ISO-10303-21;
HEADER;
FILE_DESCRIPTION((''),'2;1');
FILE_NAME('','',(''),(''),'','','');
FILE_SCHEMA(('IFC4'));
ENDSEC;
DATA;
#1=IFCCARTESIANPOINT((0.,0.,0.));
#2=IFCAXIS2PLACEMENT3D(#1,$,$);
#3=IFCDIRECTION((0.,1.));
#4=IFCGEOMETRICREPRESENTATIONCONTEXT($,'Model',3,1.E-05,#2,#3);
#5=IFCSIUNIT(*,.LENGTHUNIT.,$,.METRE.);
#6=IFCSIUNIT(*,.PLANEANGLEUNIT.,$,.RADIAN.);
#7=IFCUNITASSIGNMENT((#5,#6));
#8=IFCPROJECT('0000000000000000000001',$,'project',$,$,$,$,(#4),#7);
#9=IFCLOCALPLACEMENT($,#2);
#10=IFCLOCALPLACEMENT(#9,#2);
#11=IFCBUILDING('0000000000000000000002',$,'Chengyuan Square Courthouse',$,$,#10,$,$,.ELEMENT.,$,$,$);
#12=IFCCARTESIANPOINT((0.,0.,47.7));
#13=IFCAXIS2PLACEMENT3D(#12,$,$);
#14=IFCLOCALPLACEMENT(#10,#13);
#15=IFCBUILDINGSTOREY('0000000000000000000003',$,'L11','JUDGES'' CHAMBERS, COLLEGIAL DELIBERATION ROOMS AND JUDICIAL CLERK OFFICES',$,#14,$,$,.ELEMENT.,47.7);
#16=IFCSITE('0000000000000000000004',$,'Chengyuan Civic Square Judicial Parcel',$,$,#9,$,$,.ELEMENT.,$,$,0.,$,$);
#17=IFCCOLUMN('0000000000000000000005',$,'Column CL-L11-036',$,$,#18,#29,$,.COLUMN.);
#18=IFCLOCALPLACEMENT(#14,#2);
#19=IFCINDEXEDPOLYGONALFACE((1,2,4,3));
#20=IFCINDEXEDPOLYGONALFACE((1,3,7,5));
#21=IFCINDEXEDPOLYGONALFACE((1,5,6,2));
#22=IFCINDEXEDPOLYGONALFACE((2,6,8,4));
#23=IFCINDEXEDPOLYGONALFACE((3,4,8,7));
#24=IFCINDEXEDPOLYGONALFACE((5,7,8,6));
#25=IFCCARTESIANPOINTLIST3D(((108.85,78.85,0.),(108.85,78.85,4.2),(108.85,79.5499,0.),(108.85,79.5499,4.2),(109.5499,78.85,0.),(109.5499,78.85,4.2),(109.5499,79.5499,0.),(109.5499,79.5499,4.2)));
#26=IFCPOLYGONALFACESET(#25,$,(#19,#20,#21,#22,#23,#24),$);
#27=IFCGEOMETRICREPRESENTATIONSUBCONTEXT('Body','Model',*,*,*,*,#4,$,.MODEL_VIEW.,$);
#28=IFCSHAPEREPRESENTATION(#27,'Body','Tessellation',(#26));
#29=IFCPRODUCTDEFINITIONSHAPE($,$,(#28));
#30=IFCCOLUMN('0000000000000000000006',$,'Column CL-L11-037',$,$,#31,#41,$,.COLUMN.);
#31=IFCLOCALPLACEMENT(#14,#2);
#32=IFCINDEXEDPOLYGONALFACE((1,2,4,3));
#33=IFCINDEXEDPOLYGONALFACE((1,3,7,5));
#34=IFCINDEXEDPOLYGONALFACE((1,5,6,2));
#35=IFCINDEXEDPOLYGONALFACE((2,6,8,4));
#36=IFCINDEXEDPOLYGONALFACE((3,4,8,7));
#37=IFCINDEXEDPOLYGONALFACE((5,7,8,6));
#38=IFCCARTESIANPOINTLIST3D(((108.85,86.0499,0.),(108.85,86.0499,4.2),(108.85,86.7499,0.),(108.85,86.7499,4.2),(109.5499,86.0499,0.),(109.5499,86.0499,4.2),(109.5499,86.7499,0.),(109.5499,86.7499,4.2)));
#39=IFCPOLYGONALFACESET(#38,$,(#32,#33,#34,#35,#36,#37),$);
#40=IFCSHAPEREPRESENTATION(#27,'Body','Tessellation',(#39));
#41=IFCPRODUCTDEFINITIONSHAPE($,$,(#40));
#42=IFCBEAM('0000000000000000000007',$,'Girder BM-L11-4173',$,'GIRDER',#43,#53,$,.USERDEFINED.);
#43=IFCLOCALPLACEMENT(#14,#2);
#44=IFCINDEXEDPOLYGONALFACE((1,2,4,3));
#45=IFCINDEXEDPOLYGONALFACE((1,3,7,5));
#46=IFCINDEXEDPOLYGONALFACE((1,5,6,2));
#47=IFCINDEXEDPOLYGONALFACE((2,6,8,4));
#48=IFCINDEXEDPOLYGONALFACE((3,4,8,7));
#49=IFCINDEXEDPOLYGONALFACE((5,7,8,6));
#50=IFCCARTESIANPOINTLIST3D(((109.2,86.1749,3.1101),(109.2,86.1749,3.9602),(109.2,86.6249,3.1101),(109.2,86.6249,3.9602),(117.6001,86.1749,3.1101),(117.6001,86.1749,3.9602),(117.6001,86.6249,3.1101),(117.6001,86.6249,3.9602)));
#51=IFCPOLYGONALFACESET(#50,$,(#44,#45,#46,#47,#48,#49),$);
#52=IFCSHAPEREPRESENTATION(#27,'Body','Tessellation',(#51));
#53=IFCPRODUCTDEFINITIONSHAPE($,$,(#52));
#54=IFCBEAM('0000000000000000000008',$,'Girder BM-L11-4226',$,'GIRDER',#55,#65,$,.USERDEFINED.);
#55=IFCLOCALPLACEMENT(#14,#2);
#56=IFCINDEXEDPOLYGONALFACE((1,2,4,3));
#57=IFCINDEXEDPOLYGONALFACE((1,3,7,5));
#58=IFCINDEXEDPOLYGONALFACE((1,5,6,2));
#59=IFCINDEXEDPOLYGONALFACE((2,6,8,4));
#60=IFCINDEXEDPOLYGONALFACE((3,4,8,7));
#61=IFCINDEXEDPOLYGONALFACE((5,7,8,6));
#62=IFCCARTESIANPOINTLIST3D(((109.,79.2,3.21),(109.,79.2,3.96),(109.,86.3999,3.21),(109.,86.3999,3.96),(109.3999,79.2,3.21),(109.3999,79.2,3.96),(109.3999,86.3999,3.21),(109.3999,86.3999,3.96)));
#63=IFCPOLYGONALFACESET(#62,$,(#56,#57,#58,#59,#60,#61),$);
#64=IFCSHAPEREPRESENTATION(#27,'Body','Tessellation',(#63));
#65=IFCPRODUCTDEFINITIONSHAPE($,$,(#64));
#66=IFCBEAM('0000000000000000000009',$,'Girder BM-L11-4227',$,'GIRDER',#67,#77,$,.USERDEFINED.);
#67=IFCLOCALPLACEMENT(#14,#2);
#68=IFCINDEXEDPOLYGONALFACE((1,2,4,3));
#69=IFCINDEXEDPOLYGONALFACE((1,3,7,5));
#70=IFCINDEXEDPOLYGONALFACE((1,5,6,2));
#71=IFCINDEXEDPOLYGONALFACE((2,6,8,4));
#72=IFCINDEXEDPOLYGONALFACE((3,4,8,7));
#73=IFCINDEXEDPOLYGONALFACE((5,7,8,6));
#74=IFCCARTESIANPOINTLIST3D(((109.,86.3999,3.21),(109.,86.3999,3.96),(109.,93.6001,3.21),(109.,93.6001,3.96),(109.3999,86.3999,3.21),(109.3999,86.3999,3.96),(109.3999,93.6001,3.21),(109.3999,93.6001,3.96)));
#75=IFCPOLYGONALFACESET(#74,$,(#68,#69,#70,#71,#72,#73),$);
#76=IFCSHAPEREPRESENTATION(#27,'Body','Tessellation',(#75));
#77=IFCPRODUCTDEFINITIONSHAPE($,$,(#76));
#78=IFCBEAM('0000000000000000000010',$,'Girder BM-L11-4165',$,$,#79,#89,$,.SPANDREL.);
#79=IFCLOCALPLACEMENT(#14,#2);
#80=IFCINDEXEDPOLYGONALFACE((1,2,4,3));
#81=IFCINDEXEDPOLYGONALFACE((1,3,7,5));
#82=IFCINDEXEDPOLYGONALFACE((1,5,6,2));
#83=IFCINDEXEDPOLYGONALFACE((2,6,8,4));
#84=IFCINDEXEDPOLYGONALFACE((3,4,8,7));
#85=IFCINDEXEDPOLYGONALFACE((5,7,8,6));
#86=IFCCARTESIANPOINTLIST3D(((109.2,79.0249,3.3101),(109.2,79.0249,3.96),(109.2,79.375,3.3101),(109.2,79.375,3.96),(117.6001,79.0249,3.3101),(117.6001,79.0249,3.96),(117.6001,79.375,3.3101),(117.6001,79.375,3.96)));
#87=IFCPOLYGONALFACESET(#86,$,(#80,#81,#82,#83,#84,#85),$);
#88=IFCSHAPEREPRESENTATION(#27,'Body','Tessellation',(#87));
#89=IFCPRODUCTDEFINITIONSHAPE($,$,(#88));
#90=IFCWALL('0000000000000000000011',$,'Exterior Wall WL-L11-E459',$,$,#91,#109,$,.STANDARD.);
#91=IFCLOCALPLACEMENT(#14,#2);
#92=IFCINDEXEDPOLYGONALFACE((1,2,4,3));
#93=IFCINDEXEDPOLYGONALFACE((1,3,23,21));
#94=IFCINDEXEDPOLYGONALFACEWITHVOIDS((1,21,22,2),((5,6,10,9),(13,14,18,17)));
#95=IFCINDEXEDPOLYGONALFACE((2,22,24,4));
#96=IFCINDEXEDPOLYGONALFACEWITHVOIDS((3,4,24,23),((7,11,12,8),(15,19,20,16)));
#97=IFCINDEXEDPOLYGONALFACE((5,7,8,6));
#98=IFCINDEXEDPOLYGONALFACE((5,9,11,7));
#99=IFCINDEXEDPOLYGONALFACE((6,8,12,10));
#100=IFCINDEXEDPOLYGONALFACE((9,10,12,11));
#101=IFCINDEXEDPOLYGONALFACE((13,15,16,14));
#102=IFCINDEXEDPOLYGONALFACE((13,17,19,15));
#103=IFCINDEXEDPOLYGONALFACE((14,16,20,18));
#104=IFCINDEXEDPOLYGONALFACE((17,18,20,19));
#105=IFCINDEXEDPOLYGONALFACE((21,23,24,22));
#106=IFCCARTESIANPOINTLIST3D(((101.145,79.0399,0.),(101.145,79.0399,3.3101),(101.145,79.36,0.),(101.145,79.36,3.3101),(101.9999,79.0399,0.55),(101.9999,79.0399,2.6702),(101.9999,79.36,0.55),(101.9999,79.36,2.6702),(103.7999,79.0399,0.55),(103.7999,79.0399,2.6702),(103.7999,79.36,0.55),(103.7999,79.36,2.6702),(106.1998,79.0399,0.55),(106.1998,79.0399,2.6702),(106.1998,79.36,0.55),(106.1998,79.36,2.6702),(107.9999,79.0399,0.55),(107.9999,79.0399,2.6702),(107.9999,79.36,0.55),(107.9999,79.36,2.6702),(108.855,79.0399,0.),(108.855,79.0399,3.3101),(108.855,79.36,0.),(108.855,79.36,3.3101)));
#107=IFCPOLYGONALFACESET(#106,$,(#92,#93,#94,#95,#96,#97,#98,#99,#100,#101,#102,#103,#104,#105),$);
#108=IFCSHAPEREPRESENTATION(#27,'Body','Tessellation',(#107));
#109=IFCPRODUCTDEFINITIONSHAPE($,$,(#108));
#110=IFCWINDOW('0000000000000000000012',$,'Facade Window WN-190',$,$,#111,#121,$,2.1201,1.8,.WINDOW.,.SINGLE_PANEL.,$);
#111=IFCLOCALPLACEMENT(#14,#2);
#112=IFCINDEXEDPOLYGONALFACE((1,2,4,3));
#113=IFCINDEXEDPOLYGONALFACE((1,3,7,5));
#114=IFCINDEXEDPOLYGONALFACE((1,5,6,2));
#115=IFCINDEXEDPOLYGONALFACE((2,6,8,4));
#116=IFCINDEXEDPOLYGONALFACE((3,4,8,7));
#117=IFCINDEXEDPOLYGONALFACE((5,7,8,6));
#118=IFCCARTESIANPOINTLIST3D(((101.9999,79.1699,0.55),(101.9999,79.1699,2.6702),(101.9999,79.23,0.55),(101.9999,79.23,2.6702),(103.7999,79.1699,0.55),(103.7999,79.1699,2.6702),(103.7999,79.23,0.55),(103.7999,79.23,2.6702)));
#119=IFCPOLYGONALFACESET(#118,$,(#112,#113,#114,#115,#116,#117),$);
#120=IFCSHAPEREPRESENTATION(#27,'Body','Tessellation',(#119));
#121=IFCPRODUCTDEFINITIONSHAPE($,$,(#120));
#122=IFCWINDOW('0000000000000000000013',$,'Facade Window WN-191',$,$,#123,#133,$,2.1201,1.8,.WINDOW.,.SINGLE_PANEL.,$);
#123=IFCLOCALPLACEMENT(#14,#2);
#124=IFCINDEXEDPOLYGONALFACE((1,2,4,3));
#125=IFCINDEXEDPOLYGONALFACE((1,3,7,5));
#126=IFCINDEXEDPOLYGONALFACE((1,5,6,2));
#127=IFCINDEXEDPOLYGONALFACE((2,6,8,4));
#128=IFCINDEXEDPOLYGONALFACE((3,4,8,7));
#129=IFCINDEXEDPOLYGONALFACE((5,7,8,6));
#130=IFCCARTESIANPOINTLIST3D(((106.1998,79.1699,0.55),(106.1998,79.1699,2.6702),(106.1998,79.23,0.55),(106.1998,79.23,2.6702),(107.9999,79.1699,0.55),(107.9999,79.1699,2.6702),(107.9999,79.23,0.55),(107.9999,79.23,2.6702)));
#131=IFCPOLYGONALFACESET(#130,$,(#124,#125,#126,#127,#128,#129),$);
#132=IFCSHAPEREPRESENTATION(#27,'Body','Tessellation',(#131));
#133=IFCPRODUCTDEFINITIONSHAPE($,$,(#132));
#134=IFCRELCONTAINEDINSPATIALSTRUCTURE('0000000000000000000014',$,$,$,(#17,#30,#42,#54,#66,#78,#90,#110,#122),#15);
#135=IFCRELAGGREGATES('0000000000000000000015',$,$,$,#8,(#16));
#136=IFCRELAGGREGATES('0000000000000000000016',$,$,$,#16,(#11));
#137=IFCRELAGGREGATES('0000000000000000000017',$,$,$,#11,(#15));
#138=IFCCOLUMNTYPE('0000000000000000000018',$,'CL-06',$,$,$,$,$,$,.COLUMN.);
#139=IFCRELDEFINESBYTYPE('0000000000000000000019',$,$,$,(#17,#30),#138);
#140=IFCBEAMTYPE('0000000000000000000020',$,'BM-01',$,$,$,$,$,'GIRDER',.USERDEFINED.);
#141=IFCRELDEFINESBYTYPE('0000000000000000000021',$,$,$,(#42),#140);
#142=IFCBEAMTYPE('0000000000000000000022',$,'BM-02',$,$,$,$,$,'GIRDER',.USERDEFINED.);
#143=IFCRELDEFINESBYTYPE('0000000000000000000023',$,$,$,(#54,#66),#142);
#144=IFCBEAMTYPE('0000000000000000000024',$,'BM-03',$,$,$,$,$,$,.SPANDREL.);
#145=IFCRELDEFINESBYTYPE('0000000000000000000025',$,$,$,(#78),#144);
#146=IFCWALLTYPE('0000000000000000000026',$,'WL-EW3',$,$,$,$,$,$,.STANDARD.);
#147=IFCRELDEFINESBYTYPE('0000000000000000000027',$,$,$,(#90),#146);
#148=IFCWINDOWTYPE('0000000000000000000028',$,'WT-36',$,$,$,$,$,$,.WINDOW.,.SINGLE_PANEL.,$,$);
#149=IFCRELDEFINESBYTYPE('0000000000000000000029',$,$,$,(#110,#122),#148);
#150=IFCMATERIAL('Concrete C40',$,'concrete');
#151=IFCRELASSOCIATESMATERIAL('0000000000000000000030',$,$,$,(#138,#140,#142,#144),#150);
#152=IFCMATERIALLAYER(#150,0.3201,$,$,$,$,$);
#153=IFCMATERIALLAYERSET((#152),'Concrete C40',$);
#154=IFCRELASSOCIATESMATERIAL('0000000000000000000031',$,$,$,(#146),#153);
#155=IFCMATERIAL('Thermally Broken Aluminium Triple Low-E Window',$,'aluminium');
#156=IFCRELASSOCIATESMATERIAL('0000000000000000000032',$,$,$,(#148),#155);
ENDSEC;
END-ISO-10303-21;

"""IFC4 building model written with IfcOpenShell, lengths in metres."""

from ifc_helpers import new_model, si_unit, direction, frame, frame_2d, origin, origin_2d, place, context, subcontext, project, spatial, rectangle, extrude, material, layer, layer_set, material_profile, profile_set, type_object, element, fill, save


model = new_model("IFC4")

# Units and contexts
model_context = context("Model", 3, precision=1e-05, world=origin(), true_north=direction((0.0, 1.0)))
body_context = subcontext(model_context, "Body", "Model", "MODEL_VIEW")
ifc_project = project(units=[si_unit("LENGTHUNIT", "METRE"), si_unit("PLANEANGLEUNIT", "RADIAN")], contexts=[model_context])

# Site, building, storey
site_placement = place(None, origin())
site = spatial("IfcSite", under=ifc_project, at=site_placement, Name="Chengyuan Civic Square Judicial Parcel", CompositionType="ELEMENT", RefElevation=0.0)
building_placement = place(site_placement, origin())
building = spatial("IfcBuilding", under=site, at=building_placement, Name="Chengyuan Square Courthouse", CompositionType="ELEMENT")
storey_placement = place(building_placement, frame((0.0, 0.0, 47.7)))
storey = spatial("IfcBuildingStorey", under=building, at=storey_placement, Name="L11", Description="JUDGES' CHAMBERS, COLLEGIAL DELIBERATION ROOMS AND JUDICIAL CLERK OFFICES", CompositionType="ELEMENT", Elevation=47.7)

# Columns
ifc_material_1 = material(Name="Concrete C40", Category="concrete")
ifc_material_profile_1 = material_profile(ifc_material_1, rectangle(XDim=0.7, YDim=0.7, at=origin_2d()), Name="RC-COL-700x700")
ifc_profile_set_1 = profile_set([ifc_material_profile_1], Name="Concrete C40")
column_type = type_object("IfcColumnType", Name="CL-06", PredefinedType="COLUMN", material=ifc_profile_set_1)
for number, where, z_axis, x_axis, name in (
    (1, (109.2, 79.2, 0.0), (0.0, 0.0, 1.0), (1.0, 0.0, 0.0), "Column CL-L11-036"),
    (2, (109.2, 86.3999, 0.0), (0.0, 0.0, 1.0), (1.0, 0.0, 0.0), "Column CL-L11-037"),
):
    element("IfcColumn", number, at=place(storey_placement, frame(where, z_axis=z_axis, x_axis=x_axis)), inside=storey, type_object=column_type, Name=name, PredefinedType="COLUMN", context=body_context, shape_type="SweptSolid", body=[
        extrude(rectangle(XDim=0.7, YDim=0.7, at=origin_2d()), origin(), (0.0, 0.0, 1.0), 4.2),
    ])

# Beams
ifc_material_profile_2 = material_profile(ifc_material_1, rectangle(XDim=0.45, YDim=0.8501, at=origin_2d()), Name="RC-BM-450x850")
ifc_profile_set_2 = profile_set([ifc_material_profile_2], Name="Concrete C40")
beam_type_1 = type_object("IfcBeamType", Name="BM-01", ElementType="GIRDER", PredefinedType="USERDEFINED", material=ifc_profile_set_2)
beam_1_placement = place(storey_placement, frame((109.2, 86.3999, 3.5352), z_axis=(1.0, 0.0, 0.0), x_axis=(0.0, 1.0, 0.0)))
element("IfcBeam", 3, at=beam_1_placement, inside=storey, type_object=beam_type_1, Name="Girder BM-L11-4173", ObjectType="GIRDER", PredefinedType="USERDEFINED", context=body_context, shape_type="SweptSolid", body=[
    extrude(rectangle(XDim=0.45, YDim=0.8501, at=origin_2d()), origin(), (0.0, 0.0, 1.0), 8.4001),
])
ifc_material_profile_3 = material_profile(ifc_material_1, rectangle(XDim=0.3999, YDim=0.75, at=origin_2d()), Name="RC-BM-400x750")
ifc_profile_set_3 = profile_set([ifc_material_profile_3], Name="Concrete C40")
beam_type_2 = type_object("IfcBeamType", Name="BM-02", ElementType="GIRDER", PredefinedType="USERDEFINED", material=ifc_profile_set_3)
beam_2_placement = place(storey_placement, frame((109.2, 79.2, 3.585), z_axis=(0.0, 1.0, 0.0), x_axis=(-1.0, 0.0, 0.0)))
element("IfcBeam", 4, at=beam_2_placement, inside=storey, type_object=beam_type_2, Name="Girder BM-L11-4226", ObjectType="GIRDER", PredefinedType="USERDEFINED", context=body_context, shape_type="SweptSolid", body=[
    extrude(rectangle(XDim=0.3999, YDim=0.75, at=origin_2d()), origin(), (0.0, 0.0, 1.0), 7.2),
])
beam_3_placement = place(storey_placement, frame((109.2, 86.3999, 3.585), z_axis=(0.0, 1.0, 0.0), x_axis=(-1.0, 0.0, 0.0)))
element("IfcBeam", 5, at=beam_3_placement, inside=storey, type_object=beam_type_2, Name="Girder BM-L11-4227", ObjectType="GIRDER", PredefinedType="USERDEFINED", context=body_context, shape_type="SweptSolid", body=[
    extrude(rectangle(XDim=0.3999, YDim=0.75, at=origin_2d()), origin(), (0.0, 0.0, 1.0), 7.2002),
])
ifc_material_profile_4 = material_profile(ifc_material_1, rectangle(XDim=0.3501, YDim=0.6499, at=origin_2d()), Name="RC-BM-350x650")
ifc_profile_set_4 = profile_set([ifc_material_profile_4], Name="Concrete C40")
beam_type_3 = type_object("IfcBeamType", Name="BM-03", PredefinedType="SPANDREL", material=ifc_profile_set_4)
beam_4_placement = place(storey_placement, frame((109.2, 79.2, 3.635), z_axis=(1.0, 0.0, 0.0), x_axis=(0.0, 1.0, 0.0)))
element("IfcBeam", 6, at=beam_4_placement, inside=storey, type_object=beam_type_3, Name="Girder BM-L11-4165", PredefinedType="SPANDREL", context=body_context, shape_type="SweptSolid", body=[
    extrude(rectangle(XDim=0.3501, YDim=0.6499, at=origin_2d()), origin(), (0.0, 0.0, 1.0), 8.4001),
])

# Wall, openings, windows
ifc_layer_1 = layer(ifc_material_1, 0.3201)
ifc_layer_set_1 = layer_set([ifc_layer_1], Name="Concrete C40")
wall_type_1 = type_object("IfcWallType", Name="WL-EW3", PredefinedType="STANDARD", material=ifc_layer_set_1)
wall_1_placement = place(storey_placement, frame((101.145, 79.2, 0.0), z_axis=(0.0, 0.0, 1.0), x_axis=(1.0, 0.0, 0.0)))
wall_1 = element("IfcWall", 7, at=wall_1_placement, inside=storey, type_object=wall_type_1, Name="Exterior Wall WL-L11-E459", PredefinedType="STANDARD", context=body_context, shape_type="SweptSolid", body=[
    extrude(rectangle(XDim=7.71, YDim=0.3201, at=frame_2d((3.855, 0.0))), origin(), (0.0, 0.0, 1.0), 3.3101),
])
opening_1_placement = place(wall_1_placement, frame((0.855, 0.0, 0.55)))
opening_1 = element("IfcOpeningElement", 8, at=opening_1_placement, cuts=wall_1, PredefinedType="OPENING", context=body_context, shape_type="SweptSolid", body=[
    extrude(rectangle(XDim=1.8, YDim=2.1201, at=frame_2d((0.8999, 1.0601))), frame((0.0, 0.1721, 0.0), z_axis=(0.0, -1.0, 0.0), x_axis=(1.0, 0.0, 0.0)), (0.0, 0.0, 1.0), 0.344),
])
opening_2_placement = place(wall_1_placement, frame((5.0549, 0.0, 0.55)))
opening_2 = element("IfcOpeningElement", 9, at=opening_2_placement, cuts=wall_1, PredefinedType="OPENING", context=body_context, shape_type="SweptSolid", body=[
    extrude(rectangle(XDim=1.8, YDim=2.1201, at=frame_2d((0.8999, 1.0601))), frame((0.0, 0.1721, 0.0), z_axis=(0.0, -1.0, 0.0), x_axis=(1.0, 0.0, 0.0)), (0.0, 0.0, 1.0), 0.344),
])
ifc_material_2 = material(Name="Thermally Broken Aluminium Triple Low-E Window", Category="aluminium")
window_type = type_object("IfcWindowType", Name="WT-36", PartitioningType="SINGLE_PANEL", PredefinedType="WINDOW", material=ifc_material_2)
window_1_placement = place(opening_1_placement, origin())
window_1 = element("IfcWindow", 10, at=window_1_placement, inside=storey, type_object=window_type, Name="Facade Window WN-190", OverallHeight=2.1201, OverallWidth=1.8, PartitioningType="SINGLE_PANEL", PredefinedType="WINDOW", context=body_context, shape_type="SweptSolid", body=[
    extrude(rectangle(XDim=1.8, YDim=2.1201, at=frame_2d((0.8999, 1.0601))), frame((0.0, 0.03, 0.0), z_axis=(0.0, -1.0, 0.0), x_axis=(1.0, 0.0, 0.0)), (0.0, 0.0, 1.0), 0.0601),
])
fill(opening_1, window_1)
window_2_placement = place(opening_2_placement, origin())
window_2 = element("IfcWindow", 11, at=window_2_placement, inside=storey, type_object=window_type, Name="Facade Window WN-191", OverallHeight=2.1201, OverallWidth=1.8, PartitioningType="SINGLE_PANEL", PredefinedType="WINDOW", context=body_context, shape_type="SweptSolid", body=[
    extrude(rectangle(XDim=1.8, YDim=2.1201, at=frame_2d((0.8999, 1.0601))), frame((0.0, 0.03, 0.0), z_axis=(0.0, -1.0, 0.0), x_axis=(1.0, 0.0, 0.0)), (0.0, 0.0, 1.0), 0.0601),
])
fill(opening_2, window_2)

save(model, "model.ifc")
